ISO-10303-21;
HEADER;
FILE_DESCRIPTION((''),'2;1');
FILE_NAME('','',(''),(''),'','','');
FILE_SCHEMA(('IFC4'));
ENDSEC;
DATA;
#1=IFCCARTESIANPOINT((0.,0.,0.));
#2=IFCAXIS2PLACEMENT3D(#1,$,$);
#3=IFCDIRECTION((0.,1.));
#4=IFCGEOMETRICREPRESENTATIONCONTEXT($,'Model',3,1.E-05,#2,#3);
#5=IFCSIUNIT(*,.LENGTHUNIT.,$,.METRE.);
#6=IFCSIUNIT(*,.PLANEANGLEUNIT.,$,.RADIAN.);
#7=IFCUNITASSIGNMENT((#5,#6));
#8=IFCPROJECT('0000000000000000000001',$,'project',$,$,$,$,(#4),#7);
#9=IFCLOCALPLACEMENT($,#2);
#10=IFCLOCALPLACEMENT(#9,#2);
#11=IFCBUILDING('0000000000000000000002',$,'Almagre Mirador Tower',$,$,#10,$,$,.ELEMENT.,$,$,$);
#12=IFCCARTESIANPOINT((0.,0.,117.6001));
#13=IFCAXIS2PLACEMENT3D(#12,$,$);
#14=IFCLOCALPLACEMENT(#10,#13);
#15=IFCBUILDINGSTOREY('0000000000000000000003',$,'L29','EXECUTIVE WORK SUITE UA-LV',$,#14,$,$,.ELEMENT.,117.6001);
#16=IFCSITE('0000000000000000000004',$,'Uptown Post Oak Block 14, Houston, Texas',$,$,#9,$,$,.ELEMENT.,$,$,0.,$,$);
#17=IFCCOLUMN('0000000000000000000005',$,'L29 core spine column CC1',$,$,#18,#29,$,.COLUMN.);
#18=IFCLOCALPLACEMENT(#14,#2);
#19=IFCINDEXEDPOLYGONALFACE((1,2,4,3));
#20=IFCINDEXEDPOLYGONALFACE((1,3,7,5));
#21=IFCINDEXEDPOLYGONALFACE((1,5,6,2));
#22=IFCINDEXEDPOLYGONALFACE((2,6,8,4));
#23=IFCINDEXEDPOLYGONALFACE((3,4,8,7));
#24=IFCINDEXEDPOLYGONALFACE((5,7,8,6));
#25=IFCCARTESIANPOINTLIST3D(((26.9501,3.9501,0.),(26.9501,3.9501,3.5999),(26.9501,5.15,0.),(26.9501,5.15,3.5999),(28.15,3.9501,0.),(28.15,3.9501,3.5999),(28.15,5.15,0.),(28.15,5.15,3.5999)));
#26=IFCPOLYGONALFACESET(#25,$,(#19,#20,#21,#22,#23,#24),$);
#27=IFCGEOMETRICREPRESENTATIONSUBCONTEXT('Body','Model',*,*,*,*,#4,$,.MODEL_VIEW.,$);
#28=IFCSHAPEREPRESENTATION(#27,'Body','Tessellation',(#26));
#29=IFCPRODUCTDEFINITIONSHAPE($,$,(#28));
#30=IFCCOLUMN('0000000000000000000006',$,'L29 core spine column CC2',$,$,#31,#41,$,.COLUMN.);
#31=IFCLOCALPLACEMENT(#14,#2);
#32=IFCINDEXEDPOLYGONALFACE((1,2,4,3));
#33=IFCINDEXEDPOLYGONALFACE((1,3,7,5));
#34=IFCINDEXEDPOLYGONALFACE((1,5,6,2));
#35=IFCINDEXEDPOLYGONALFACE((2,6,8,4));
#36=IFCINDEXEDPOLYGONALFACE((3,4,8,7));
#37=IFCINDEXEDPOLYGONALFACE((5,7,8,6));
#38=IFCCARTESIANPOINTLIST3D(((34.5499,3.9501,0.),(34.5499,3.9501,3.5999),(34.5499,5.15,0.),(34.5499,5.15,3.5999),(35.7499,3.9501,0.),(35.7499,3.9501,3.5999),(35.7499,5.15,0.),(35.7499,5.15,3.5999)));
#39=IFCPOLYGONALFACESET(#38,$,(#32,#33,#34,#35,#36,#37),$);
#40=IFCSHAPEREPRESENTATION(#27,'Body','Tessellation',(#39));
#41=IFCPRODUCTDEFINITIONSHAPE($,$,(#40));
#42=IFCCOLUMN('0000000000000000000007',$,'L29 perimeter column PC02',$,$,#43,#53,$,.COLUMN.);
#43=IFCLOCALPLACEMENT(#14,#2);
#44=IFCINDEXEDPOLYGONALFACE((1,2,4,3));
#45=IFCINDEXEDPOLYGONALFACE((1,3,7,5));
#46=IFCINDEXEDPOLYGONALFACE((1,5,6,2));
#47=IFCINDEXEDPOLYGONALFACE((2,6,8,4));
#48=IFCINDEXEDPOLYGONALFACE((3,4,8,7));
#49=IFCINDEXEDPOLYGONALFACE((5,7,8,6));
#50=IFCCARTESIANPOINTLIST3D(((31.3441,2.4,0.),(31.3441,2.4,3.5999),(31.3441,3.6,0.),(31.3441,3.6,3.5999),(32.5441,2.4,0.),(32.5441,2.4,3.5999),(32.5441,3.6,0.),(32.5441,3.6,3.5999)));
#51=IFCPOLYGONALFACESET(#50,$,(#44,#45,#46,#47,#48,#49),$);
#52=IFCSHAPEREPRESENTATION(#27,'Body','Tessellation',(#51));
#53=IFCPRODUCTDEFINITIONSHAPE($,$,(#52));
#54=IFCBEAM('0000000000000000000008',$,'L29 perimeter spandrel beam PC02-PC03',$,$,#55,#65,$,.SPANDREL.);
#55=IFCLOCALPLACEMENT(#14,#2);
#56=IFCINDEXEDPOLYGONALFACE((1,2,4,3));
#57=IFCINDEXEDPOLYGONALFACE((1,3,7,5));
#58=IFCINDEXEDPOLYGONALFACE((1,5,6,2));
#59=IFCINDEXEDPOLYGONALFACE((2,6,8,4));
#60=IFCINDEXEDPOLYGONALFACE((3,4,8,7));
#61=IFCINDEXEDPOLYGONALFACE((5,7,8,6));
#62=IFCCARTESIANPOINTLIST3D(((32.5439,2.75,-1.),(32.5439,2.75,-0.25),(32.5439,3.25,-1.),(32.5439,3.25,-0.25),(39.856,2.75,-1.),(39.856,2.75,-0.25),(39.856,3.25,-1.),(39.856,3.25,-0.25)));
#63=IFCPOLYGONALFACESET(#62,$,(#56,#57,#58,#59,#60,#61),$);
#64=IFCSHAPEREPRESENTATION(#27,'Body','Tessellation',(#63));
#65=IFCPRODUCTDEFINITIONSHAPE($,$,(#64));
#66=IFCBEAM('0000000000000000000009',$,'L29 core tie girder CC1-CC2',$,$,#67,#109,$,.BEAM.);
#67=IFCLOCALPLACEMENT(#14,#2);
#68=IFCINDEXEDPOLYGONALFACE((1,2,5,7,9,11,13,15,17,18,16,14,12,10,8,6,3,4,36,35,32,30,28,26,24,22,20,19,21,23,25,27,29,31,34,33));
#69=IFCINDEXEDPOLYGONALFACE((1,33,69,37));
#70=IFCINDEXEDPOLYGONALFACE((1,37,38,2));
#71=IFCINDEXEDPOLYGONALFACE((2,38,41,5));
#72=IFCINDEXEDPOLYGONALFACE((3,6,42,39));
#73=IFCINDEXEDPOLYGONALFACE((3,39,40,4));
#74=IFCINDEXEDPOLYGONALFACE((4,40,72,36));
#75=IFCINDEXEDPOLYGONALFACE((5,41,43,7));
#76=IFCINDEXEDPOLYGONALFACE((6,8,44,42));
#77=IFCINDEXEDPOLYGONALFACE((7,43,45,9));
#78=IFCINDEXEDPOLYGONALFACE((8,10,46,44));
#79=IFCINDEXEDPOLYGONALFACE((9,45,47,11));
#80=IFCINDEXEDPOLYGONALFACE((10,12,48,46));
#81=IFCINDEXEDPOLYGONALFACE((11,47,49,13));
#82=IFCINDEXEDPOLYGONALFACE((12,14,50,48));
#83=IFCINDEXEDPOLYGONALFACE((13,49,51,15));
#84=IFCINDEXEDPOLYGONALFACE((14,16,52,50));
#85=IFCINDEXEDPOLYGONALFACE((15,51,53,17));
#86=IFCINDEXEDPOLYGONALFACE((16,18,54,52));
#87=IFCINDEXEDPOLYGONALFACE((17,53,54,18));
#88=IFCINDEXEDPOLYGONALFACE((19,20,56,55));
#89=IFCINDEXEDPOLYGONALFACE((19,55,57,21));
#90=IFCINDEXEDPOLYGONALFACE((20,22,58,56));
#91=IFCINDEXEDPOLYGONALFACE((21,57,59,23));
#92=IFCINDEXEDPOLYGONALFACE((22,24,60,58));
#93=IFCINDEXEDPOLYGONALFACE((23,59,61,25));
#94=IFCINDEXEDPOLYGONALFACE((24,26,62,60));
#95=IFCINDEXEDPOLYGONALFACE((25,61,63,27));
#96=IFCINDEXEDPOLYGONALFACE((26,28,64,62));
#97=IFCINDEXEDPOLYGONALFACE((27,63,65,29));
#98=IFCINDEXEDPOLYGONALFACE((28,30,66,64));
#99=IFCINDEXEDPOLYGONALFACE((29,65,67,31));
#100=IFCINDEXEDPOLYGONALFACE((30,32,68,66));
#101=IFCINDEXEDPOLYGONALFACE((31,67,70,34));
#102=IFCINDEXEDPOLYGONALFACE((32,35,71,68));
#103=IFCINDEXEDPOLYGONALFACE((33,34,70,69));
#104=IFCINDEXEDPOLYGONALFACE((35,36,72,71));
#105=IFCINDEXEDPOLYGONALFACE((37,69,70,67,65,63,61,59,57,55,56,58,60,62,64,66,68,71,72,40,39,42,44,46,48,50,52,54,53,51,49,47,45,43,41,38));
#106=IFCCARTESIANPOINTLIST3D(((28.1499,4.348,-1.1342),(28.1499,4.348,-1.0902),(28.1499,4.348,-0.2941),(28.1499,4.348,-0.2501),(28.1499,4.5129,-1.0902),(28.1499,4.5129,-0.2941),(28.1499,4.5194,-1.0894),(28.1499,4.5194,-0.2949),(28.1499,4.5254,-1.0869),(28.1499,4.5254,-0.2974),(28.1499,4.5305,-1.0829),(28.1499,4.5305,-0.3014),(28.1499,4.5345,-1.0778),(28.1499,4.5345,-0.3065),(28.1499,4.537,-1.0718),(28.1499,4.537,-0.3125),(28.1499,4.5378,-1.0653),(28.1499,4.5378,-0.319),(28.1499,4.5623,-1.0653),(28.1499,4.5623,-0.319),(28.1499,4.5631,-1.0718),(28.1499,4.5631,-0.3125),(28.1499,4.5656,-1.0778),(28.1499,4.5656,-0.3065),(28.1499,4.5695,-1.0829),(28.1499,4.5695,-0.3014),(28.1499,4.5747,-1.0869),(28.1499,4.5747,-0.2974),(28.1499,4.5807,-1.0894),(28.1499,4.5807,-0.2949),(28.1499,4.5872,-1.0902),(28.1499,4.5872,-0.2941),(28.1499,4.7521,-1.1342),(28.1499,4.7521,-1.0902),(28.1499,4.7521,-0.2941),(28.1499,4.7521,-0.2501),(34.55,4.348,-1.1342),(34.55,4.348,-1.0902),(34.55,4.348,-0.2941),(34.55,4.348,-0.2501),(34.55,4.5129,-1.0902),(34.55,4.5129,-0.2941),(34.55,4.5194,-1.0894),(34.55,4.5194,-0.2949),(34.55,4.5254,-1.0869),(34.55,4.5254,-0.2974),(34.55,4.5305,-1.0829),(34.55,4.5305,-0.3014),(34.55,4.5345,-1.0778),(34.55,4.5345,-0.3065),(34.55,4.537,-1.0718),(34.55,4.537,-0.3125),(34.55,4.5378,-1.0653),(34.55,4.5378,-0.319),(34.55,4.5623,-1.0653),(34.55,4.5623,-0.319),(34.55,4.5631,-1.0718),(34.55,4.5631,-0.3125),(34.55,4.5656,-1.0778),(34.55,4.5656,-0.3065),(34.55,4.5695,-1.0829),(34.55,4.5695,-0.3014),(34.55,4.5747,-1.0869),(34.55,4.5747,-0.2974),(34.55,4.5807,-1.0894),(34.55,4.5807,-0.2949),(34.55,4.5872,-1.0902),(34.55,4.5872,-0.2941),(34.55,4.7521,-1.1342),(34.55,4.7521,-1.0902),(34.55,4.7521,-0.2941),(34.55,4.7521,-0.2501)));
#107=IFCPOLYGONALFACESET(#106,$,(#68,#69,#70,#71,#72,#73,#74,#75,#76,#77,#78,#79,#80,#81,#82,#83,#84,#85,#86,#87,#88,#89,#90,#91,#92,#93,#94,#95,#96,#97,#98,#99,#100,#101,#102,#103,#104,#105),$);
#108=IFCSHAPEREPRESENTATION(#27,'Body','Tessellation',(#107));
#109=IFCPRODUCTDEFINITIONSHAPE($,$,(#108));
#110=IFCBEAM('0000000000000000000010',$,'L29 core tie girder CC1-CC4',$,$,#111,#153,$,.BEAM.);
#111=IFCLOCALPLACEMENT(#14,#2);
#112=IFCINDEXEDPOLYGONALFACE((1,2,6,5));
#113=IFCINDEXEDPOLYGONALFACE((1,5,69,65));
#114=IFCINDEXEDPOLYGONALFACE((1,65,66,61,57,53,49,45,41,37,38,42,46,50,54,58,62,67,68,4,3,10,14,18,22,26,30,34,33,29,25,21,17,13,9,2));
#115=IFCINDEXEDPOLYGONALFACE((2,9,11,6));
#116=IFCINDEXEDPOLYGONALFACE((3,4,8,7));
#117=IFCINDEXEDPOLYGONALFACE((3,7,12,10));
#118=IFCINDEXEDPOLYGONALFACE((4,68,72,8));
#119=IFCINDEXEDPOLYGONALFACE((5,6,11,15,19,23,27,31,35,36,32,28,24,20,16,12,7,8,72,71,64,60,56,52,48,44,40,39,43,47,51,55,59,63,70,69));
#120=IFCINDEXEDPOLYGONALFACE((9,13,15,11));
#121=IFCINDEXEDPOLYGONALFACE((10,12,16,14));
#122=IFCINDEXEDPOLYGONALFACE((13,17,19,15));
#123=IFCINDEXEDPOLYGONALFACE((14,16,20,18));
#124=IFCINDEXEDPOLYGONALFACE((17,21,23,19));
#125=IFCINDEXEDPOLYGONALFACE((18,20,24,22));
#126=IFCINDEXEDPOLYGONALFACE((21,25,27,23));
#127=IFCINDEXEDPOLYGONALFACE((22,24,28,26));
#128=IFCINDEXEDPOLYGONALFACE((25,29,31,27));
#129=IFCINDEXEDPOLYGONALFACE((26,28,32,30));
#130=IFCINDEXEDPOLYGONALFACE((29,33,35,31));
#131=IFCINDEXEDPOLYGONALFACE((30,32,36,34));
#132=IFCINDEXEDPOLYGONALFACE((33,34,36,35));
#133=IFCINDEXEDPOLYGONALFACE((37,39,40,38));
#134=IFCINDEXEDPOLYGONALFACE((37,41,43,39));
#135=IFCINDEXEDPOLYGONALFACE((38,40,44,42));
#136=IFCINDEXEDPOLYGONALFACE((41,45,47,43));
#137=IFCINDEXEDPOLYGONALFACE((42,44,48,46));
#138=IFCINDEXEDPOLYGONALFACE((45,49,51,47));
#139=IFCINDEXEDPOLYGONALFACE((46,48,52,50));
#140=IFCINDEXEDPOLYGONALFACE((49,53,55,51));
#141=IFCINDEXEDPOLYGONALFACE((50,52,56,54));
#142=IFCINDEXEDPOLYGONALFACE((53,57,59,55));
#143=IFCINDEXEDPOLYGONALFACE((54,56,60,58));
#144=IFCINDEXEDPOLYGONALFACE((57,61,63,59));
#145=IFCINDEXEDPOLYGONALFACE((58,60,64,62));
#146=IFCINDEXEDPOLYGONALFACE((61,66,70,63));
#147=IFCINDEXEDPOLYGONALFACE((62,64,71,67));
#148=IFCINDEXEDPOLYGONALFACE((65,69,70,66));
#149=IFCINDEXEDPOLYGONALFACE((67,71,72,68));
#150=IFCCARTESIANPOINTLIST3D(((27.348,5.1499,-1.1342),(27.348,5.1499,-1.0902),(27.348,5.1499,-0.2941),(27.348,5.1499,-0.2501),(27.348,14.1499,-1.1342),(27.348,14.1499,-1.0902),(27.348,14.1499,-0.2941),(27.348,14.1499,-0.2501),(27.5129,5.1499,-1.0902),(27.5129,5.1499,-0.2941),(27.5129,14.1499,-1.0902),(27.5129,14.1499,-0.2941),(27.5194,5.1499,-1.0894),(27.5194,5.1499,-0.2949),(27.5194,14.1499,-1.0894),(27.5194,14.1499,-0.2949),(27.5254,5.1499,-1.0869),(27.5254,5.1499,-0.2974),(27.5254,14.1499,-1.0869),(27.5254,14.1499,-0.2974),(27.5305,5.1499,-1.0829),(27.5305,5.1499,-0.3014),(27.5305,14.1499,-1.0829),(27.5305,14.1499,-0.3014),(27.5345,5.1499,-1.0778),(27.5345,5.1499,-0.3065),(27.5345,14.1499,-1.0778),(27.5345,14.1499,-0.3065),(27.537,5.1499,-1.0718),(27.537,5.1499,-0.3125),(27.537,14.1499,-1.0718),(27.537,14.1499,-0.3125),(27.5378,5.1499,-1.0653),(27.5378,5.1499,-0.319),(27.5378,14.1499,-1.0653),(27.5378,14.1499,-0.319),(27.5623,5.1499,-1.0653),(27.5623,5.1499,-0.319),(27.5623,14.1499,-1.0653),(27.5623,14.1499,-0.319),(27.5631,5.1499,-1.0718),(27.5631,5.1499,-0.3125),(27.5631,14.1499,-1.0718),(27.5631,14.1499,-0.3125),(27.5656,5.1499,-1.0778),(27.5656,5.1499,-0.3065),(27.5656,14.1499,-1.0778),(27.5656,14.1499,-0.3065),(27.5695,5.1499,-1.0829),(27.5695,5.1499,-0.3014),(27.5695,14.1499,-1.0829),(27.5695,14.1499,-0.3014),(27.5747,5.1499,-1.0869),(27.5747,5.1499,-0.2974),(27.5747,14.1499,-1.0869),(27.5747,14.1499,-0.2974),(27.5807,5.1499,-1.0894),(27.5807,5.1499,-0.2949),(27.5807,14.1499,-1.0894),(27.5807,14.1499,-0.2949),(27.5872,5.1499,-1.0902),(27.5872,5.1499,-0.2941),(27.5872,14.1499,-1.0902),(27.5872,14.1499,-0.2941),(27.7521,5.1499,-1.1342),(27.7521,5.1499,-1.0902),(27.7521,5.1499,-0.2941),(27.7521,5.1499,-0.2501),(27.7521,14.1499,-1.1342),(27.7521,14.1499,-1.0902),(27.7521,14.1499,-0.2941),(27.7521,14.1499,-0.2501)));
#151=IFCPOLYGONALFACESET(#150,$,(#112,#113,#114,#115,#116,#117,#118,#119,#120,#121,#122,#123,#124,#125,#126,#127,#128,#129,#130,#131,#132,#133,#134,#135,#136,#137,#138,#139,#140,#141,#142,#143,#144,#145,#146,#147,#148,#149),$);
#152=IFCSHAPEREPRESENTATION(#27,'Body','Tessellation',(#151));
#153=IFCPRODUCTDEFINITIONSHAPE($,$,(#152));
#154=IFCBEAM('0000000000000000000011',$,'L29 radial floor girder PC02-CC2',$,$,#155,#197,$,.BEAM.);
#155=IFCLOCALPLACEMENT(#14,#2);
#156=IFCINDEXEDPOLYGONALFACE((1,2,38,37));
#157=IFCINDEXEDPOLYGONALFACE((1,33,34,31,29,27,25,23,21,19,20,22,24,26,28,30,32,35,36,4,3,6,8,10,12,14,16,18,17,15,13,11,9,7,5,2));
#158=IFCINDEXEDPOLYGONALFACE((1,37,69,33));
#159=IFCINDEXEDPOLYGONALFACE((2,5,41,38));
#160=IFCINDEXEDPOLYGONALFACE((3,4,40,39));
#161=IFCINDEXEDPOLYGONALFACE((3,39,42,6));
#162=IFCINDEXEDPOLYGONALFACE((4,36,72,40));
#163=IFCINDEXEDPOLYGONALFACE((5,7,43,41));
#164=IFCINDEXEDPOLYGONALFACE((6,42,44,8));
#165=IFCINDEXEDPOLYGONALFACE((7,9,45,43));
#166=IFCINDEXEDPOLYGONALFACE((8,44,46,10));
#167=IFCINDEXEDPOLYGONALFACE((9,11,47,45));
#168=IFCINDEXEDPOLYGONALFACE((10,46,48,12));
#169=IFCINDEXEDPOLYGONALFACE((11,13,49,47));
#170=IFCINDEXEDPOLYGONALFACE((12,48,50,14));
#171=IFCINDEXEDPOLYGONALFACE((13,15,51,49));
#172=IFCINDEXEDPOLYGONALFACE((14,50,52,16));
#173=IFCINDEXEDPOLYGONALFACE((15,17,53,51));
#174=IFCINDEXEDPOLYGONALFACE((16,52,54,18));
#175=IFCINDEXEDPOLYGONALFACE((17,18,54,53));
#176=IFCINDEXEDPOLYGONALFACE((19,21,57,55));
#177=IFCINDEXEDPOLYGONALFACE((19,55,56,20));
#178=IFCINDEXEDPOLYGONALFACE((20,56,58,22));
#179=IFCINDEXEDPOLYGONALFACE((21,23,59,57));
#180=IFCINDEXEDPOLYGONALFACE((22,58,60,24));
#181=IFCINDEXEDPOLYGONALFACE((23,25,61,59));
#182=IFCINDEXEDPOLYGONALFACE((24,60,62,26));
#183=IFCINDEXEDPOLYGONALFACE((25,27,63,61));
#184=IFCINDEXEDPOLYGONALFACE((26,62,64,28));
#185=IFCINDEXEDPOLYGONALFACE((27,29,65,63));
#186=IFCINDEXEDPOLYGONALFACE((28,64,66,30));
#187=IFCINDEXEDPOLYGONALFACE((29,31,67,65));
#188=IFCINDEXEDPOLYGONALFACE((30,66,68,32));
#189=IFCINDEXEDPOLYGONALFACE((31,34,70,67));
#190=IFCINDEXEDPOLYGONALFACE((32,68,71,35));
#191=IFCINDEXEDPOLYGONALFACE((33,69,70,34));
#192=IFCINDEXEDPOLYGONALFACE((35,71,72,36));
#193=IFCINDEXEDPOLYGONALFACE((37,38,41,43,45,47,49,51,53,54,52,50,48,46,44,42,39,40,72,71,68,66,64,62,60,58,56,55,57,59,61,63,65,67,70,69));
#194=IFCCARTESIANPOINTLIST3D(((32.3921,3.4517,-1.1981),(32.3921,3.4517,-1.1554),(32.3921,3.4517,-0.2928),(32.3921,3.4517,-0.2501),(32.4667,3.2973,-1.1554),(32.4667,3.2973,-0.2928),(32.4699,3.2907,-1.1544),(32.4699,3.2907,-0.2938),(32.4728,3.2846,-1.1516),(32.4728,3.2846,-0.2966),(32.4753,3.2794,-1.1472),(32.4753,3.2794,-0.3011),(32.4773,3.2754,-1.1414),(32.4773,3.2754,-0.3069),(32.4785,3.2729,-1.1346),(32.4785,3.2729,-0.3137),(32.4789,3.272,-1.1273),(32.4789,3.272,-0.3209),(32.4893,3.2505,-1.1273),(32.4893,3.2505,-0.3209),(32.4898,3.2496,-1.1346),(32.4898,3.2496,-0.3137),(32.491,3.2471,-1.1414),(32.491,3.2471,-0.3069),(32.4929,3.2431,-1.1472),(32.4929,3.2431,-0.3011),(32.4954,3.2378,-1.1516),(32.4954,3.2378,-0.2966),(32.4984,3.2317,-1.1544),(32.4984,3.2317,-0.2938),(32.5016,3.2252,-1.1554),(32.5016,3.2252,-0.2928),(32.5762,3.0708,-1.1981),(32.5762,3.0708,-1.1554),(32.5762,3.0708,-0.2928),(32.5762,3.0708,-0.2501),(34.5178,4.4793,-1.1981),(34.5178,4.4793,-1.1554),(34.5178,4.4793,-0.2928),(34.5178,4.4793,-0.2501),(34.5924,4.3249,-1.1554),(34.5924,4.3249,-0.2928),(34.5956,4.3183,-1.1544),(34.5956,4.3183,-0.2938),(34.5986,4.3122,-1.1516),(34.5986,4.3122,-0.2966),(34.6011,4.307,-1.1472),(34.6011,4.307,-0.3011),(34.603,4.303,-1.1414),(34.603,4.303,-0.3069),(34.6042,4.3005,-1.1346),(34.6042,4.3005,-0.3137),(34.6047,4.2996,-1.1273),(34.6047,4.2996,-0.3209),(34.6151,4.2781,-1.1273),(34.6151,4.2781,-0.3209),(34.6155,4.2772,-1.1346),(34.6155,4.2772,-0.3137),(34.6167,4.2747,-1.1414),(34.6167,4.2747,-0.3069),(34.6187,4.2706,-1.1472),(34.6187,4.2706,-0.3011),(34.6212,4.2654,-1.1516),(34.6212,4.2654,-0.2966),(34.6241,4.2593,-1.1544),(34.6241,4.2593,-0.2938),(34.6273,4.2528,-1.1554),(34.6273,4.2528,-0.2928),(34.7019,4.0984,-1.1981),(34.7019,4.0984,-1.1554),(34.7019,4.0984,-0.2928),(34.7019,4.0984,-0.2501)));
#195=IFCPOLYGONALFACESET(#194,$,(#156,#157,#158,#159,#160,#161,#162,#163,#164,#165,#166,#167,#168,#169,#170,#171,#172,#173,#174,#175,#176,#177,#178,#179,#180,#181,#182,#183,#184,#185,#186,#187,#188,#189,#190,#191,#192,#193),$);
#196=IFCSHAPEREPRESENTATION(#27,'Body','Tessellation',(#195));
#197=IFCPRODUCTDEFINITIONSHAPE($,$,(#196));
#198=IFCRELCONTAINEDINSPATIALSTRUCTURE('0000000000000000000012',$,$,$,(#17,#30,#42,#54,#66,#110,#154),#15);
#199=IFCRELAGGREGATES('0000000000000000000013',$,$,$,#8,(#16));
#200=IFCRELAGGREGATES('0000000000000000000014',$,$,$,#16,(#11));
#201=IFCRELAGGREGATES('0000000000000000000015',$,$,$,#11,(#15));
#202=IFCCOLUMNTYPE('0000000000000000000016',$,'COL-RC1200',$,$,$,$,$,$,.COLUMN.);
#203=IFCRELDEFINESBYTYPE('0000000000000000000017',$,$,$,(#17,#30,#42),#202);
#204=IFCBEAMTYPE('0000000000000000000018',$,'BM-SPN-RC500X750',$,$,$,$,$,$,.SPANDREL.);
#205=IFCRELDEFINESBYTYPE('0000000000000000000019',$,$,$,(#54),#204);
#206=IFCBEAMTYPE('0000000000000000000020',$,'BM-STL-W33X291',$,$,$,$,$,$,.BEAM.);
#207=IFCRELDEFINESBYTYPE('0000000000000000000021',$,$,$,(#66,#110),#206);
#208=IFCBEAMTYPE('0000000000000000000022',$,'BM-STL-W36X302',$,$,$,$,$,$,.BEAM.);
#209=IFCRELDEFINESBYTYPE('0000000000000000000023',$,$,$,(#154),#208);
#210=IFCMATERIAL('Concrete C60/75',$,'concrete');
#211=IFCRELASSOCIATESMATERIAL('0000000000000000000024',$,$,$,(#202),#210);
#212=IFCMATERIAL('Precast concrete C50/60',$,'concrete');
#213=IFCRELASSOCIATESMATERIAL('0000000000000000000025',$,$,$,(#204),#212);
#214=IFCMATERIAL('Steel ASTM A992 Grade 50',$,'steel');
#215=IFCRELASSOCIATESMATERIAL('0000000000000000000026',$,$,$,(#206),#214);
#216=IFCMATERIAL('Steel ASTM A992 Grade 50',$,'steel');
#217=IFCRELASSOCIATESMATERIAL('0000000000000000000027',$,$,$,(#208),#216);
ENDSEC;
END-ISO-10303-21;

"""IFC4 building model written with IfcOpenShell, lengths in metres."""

from ifc_helpers import new_model, si_unit, direction, frame, origin, origin_2d, place, context, subcontext, project, spatial, rectangle, i_section, extrude, material, material_profile, profile_set, type_object, element, save


model = new_model("IFC4")

# Units and contexts
model_context = context("Model", 3, precision=1e-05, world=origin(), true_north=direction((0.0, 1.0)))
body_context = subcontext(model_context, "Body", "Model", "MODEL_VIEW")
ifc_project = project(units=[si_unit("LENGTHUNIT", "METRE"), si_unit("PLANEANGLEUNIT", "RADIAN")], contexts=[model_context])

# Site, building, storey
site_placement = place(None, origin())
site = spatial("IfcSite", under=ifc_project, at=site_placement, Name="Uptown Post Oak Block 14, Houston, Texas", CompositionType="ELEMENT", RefElevation=0.0)
building_placement = place(site_placement, origin())
building = spatial("IfcBuilding", under=site, at=building_placement, Name="Almagre Mirador Tower", CompositionType="ELEMENT")
storey_placement = place(building_placement, frame((0.0, 0.0, 117.6001)))
storey = spatial("IfcBuildingStorey", under=building, at=storey_placement, Name="L29", Description="EXECUTIVE WORK SUITE UA-LV", CompositionType="ELEMENT", Elevation=117.6001)

# Columns
ifc_material_1 = material(Name="Concrete C60/75", Category="concrete")
ifc_material_profile_1 = material_profile(ifc_material_1, rectangle(XDim=1.2, YDim=1.2, at=origin_2d()), Name="RC1200X1200")
ifc_profile_set_1 = profile_set([ifc_material_profile_1], Name="Concrete C60/75")
column_type = type_object("IfcColumnType", Name="COL-RC1200", PredefinedType="COLUMN", material=ifc_profile_set_1)
for number, where, z_axis, x_axis, name in (
    (1, (27.55, 4.55, 0.0), (0.0, 0.0, 1.0), (1.0, 0.0, 0.0), "L29 core spine column CC1"),
    (2, (35.1499, 4.55, 0.0), (0.0, 0.0, 1.0), (1.0, 0.0, 0.0), "L29 core spine column CC2"),
    (3, (31.9441, 3.0, 0.0), (0.0, 0.0, 1.0), (1.0, 0.0, 0.0), "L29 perimeter column PC02"),
):
    element("IfcColumn", number, at=place(storey_placement, frame(where, z_axis=z_axis, x_axis=x_axis)), inside=storey, type_object=column_type, Name=name, PredefinedType="COLUMN", context=body_context, shape_type="SweptSolid", body=[
        extrude(rectangle(XDim=1.2, YDim=1.2, at=origin_2d()), origin(), (0.0, 0.0, 1.0), 3.5999),
    ])

# Beams
ifc_material_2 = material(Name="Precast concrete C50/60", Category="concrete")
ifc_material_profile_2 = material_profile(ifc_material_2, rectangle(XDim=0.5, YDim=0.75, at=origin_2d()), Name="RC500X750")
ifc_profile_set_2 = profile_set([ifc_material_profile_2], Name="Precast concrete C50/60")
beam_type_1 = type_object("IfcBeamType", Name="BM-SPN-RC500X750", PredefinedType="SPANDREL", material=ifc_profile_set_2)
beam_1_placement = place(storey_placement, frame((32.5439, 3.0, -0.625), z_axis=(1.0, 0.0, 0.0), x_axis=(0.0, 1.0, 0.0)))
element("IfcBeam", 4, at=beam_1_placement, inside=storey, type_object=beam_type_1, Name="L29 perimeter spandrel beam PC02-PC03", PredefinedType="SPANDREL", context=body_context, shape_type="SweptSolid", body=[
    extrude(rectangle(XDim=0.5, YDim=0.75, at=origin_2d()), origin(), (0.0, 0.0, 1.0), 7.312),
])
ifc_material_3 = material(Name="Steel ASTM A992 Grade 50", Category="steel")
ifc_material_profile_3 = material_profile(ifc_material_3, i_section(OverallWidth=0.4041, OverallDepth=0.884, WebThickness=0.0244, FlangeThickness=0.0439, FilletRadius=0.0249, at=origin_2d()), Name="W33X291")
ifc_profile_set_3 = profile_set([ifc_material_profile_3], Name="Steel ASTM A992 Grade 50")
beam_type_2 = type_object("IfcBeamType", Name="BM-STL-W33X291", PredefinedType="BEAM", material=ifc_profile_set_3)
beam_2_placement = place(storey_placement, frame((28.1499, 4.55, -0.6921), z_axis=(1.0, 0.0, 0.0), x_axis=(0.0, 1.0, 0.0)))
element("IfcBeam", 5, at=beam_2_placement, inside=storey, type_object=beam_type_2, Name="L29 core tie girder CC1-CC2", PredefinedType="BEAM", context=body_context, shape_type="SweptSolid", body=[
    extrude(i_section(OverallWidth=0.4041, OverallDepth=0.884, WebThickness=0.0244, FlangeThickness=0.0439, FilletRadius=0.0249, at=origin_2d()), origin(), (0.0, 0.0, 1.0), 6.4001),
])
beam_3_placement = place(storey_placement, frame((27.55, 5.1499, -0.6921), z_axis=(0.0, 1.0, 0.0), x_axis=(-1.0, 0.0, 0.0)))
element("IfcBeam", 6, at=beam_3_placement, inside=storey, type_object=beam_type_2, Name="L29 core tie girder CC1-CC4", PredefinedType="BEAM", context=body_context, shape_type="SweptSolid", body=[
    extrude(i_section(OverallWidth=0.4041, OverallDepth=0.884, WebThickness=0.0244, FlangeThickness=0.0439, FilletRadius=0.0249, at=origin_2d()), origin(), (0.0, 0.0, 1.0), 9.0),
])
ifc_material_4 = material(Name="Steel ASTM A992 Grade 50", Category="steel")
ifc_material_profile_4 = material_profile(ifc_material_4, i_section(OverallWidth=0.4231, OverallDepth=0.948, WebThickness=0.0239, FlangeThickness=0.0427, FilletRadius=0.0281, at=origin_2d()), Name="W36X302")
ifc_profile_set_4 = profile_set([ifc_material_profile_4], Name="Steel ASTM A992 Grade 50")
beam_type_3 = type_object("IfcBeamType", Name="BM-STL-W36X302", PredefinedType="BEAM", material=ifc_profile_set_4)
beam_4_placement = place(storey_placement, frame((32.4841, 3.2612, -0.7241), z_axis=(0.900324, 0.43522, 0.0), x_axis=(-0.43522, 0.900324, 0.0)))
element("IfcBeam", 7, at=beam_4_placement, inside=storey, type_object=beam_type_3, Name="L29 radial floor girder PC02-CC2", PredefinedType="BEAM", context=body_context, shape_type="SweptSolid", body=[
    extrude(i_section(OverallWidth=0.4231, OverallDepth=0.948, WebThickness=0.0239, FlangeThickness=0.0427, FilletRadius=0.0281, at=origin_2d()), origin(), (0.0, 0.0, 1.0), 2.3611),
])

save(model, "model.ifc")
